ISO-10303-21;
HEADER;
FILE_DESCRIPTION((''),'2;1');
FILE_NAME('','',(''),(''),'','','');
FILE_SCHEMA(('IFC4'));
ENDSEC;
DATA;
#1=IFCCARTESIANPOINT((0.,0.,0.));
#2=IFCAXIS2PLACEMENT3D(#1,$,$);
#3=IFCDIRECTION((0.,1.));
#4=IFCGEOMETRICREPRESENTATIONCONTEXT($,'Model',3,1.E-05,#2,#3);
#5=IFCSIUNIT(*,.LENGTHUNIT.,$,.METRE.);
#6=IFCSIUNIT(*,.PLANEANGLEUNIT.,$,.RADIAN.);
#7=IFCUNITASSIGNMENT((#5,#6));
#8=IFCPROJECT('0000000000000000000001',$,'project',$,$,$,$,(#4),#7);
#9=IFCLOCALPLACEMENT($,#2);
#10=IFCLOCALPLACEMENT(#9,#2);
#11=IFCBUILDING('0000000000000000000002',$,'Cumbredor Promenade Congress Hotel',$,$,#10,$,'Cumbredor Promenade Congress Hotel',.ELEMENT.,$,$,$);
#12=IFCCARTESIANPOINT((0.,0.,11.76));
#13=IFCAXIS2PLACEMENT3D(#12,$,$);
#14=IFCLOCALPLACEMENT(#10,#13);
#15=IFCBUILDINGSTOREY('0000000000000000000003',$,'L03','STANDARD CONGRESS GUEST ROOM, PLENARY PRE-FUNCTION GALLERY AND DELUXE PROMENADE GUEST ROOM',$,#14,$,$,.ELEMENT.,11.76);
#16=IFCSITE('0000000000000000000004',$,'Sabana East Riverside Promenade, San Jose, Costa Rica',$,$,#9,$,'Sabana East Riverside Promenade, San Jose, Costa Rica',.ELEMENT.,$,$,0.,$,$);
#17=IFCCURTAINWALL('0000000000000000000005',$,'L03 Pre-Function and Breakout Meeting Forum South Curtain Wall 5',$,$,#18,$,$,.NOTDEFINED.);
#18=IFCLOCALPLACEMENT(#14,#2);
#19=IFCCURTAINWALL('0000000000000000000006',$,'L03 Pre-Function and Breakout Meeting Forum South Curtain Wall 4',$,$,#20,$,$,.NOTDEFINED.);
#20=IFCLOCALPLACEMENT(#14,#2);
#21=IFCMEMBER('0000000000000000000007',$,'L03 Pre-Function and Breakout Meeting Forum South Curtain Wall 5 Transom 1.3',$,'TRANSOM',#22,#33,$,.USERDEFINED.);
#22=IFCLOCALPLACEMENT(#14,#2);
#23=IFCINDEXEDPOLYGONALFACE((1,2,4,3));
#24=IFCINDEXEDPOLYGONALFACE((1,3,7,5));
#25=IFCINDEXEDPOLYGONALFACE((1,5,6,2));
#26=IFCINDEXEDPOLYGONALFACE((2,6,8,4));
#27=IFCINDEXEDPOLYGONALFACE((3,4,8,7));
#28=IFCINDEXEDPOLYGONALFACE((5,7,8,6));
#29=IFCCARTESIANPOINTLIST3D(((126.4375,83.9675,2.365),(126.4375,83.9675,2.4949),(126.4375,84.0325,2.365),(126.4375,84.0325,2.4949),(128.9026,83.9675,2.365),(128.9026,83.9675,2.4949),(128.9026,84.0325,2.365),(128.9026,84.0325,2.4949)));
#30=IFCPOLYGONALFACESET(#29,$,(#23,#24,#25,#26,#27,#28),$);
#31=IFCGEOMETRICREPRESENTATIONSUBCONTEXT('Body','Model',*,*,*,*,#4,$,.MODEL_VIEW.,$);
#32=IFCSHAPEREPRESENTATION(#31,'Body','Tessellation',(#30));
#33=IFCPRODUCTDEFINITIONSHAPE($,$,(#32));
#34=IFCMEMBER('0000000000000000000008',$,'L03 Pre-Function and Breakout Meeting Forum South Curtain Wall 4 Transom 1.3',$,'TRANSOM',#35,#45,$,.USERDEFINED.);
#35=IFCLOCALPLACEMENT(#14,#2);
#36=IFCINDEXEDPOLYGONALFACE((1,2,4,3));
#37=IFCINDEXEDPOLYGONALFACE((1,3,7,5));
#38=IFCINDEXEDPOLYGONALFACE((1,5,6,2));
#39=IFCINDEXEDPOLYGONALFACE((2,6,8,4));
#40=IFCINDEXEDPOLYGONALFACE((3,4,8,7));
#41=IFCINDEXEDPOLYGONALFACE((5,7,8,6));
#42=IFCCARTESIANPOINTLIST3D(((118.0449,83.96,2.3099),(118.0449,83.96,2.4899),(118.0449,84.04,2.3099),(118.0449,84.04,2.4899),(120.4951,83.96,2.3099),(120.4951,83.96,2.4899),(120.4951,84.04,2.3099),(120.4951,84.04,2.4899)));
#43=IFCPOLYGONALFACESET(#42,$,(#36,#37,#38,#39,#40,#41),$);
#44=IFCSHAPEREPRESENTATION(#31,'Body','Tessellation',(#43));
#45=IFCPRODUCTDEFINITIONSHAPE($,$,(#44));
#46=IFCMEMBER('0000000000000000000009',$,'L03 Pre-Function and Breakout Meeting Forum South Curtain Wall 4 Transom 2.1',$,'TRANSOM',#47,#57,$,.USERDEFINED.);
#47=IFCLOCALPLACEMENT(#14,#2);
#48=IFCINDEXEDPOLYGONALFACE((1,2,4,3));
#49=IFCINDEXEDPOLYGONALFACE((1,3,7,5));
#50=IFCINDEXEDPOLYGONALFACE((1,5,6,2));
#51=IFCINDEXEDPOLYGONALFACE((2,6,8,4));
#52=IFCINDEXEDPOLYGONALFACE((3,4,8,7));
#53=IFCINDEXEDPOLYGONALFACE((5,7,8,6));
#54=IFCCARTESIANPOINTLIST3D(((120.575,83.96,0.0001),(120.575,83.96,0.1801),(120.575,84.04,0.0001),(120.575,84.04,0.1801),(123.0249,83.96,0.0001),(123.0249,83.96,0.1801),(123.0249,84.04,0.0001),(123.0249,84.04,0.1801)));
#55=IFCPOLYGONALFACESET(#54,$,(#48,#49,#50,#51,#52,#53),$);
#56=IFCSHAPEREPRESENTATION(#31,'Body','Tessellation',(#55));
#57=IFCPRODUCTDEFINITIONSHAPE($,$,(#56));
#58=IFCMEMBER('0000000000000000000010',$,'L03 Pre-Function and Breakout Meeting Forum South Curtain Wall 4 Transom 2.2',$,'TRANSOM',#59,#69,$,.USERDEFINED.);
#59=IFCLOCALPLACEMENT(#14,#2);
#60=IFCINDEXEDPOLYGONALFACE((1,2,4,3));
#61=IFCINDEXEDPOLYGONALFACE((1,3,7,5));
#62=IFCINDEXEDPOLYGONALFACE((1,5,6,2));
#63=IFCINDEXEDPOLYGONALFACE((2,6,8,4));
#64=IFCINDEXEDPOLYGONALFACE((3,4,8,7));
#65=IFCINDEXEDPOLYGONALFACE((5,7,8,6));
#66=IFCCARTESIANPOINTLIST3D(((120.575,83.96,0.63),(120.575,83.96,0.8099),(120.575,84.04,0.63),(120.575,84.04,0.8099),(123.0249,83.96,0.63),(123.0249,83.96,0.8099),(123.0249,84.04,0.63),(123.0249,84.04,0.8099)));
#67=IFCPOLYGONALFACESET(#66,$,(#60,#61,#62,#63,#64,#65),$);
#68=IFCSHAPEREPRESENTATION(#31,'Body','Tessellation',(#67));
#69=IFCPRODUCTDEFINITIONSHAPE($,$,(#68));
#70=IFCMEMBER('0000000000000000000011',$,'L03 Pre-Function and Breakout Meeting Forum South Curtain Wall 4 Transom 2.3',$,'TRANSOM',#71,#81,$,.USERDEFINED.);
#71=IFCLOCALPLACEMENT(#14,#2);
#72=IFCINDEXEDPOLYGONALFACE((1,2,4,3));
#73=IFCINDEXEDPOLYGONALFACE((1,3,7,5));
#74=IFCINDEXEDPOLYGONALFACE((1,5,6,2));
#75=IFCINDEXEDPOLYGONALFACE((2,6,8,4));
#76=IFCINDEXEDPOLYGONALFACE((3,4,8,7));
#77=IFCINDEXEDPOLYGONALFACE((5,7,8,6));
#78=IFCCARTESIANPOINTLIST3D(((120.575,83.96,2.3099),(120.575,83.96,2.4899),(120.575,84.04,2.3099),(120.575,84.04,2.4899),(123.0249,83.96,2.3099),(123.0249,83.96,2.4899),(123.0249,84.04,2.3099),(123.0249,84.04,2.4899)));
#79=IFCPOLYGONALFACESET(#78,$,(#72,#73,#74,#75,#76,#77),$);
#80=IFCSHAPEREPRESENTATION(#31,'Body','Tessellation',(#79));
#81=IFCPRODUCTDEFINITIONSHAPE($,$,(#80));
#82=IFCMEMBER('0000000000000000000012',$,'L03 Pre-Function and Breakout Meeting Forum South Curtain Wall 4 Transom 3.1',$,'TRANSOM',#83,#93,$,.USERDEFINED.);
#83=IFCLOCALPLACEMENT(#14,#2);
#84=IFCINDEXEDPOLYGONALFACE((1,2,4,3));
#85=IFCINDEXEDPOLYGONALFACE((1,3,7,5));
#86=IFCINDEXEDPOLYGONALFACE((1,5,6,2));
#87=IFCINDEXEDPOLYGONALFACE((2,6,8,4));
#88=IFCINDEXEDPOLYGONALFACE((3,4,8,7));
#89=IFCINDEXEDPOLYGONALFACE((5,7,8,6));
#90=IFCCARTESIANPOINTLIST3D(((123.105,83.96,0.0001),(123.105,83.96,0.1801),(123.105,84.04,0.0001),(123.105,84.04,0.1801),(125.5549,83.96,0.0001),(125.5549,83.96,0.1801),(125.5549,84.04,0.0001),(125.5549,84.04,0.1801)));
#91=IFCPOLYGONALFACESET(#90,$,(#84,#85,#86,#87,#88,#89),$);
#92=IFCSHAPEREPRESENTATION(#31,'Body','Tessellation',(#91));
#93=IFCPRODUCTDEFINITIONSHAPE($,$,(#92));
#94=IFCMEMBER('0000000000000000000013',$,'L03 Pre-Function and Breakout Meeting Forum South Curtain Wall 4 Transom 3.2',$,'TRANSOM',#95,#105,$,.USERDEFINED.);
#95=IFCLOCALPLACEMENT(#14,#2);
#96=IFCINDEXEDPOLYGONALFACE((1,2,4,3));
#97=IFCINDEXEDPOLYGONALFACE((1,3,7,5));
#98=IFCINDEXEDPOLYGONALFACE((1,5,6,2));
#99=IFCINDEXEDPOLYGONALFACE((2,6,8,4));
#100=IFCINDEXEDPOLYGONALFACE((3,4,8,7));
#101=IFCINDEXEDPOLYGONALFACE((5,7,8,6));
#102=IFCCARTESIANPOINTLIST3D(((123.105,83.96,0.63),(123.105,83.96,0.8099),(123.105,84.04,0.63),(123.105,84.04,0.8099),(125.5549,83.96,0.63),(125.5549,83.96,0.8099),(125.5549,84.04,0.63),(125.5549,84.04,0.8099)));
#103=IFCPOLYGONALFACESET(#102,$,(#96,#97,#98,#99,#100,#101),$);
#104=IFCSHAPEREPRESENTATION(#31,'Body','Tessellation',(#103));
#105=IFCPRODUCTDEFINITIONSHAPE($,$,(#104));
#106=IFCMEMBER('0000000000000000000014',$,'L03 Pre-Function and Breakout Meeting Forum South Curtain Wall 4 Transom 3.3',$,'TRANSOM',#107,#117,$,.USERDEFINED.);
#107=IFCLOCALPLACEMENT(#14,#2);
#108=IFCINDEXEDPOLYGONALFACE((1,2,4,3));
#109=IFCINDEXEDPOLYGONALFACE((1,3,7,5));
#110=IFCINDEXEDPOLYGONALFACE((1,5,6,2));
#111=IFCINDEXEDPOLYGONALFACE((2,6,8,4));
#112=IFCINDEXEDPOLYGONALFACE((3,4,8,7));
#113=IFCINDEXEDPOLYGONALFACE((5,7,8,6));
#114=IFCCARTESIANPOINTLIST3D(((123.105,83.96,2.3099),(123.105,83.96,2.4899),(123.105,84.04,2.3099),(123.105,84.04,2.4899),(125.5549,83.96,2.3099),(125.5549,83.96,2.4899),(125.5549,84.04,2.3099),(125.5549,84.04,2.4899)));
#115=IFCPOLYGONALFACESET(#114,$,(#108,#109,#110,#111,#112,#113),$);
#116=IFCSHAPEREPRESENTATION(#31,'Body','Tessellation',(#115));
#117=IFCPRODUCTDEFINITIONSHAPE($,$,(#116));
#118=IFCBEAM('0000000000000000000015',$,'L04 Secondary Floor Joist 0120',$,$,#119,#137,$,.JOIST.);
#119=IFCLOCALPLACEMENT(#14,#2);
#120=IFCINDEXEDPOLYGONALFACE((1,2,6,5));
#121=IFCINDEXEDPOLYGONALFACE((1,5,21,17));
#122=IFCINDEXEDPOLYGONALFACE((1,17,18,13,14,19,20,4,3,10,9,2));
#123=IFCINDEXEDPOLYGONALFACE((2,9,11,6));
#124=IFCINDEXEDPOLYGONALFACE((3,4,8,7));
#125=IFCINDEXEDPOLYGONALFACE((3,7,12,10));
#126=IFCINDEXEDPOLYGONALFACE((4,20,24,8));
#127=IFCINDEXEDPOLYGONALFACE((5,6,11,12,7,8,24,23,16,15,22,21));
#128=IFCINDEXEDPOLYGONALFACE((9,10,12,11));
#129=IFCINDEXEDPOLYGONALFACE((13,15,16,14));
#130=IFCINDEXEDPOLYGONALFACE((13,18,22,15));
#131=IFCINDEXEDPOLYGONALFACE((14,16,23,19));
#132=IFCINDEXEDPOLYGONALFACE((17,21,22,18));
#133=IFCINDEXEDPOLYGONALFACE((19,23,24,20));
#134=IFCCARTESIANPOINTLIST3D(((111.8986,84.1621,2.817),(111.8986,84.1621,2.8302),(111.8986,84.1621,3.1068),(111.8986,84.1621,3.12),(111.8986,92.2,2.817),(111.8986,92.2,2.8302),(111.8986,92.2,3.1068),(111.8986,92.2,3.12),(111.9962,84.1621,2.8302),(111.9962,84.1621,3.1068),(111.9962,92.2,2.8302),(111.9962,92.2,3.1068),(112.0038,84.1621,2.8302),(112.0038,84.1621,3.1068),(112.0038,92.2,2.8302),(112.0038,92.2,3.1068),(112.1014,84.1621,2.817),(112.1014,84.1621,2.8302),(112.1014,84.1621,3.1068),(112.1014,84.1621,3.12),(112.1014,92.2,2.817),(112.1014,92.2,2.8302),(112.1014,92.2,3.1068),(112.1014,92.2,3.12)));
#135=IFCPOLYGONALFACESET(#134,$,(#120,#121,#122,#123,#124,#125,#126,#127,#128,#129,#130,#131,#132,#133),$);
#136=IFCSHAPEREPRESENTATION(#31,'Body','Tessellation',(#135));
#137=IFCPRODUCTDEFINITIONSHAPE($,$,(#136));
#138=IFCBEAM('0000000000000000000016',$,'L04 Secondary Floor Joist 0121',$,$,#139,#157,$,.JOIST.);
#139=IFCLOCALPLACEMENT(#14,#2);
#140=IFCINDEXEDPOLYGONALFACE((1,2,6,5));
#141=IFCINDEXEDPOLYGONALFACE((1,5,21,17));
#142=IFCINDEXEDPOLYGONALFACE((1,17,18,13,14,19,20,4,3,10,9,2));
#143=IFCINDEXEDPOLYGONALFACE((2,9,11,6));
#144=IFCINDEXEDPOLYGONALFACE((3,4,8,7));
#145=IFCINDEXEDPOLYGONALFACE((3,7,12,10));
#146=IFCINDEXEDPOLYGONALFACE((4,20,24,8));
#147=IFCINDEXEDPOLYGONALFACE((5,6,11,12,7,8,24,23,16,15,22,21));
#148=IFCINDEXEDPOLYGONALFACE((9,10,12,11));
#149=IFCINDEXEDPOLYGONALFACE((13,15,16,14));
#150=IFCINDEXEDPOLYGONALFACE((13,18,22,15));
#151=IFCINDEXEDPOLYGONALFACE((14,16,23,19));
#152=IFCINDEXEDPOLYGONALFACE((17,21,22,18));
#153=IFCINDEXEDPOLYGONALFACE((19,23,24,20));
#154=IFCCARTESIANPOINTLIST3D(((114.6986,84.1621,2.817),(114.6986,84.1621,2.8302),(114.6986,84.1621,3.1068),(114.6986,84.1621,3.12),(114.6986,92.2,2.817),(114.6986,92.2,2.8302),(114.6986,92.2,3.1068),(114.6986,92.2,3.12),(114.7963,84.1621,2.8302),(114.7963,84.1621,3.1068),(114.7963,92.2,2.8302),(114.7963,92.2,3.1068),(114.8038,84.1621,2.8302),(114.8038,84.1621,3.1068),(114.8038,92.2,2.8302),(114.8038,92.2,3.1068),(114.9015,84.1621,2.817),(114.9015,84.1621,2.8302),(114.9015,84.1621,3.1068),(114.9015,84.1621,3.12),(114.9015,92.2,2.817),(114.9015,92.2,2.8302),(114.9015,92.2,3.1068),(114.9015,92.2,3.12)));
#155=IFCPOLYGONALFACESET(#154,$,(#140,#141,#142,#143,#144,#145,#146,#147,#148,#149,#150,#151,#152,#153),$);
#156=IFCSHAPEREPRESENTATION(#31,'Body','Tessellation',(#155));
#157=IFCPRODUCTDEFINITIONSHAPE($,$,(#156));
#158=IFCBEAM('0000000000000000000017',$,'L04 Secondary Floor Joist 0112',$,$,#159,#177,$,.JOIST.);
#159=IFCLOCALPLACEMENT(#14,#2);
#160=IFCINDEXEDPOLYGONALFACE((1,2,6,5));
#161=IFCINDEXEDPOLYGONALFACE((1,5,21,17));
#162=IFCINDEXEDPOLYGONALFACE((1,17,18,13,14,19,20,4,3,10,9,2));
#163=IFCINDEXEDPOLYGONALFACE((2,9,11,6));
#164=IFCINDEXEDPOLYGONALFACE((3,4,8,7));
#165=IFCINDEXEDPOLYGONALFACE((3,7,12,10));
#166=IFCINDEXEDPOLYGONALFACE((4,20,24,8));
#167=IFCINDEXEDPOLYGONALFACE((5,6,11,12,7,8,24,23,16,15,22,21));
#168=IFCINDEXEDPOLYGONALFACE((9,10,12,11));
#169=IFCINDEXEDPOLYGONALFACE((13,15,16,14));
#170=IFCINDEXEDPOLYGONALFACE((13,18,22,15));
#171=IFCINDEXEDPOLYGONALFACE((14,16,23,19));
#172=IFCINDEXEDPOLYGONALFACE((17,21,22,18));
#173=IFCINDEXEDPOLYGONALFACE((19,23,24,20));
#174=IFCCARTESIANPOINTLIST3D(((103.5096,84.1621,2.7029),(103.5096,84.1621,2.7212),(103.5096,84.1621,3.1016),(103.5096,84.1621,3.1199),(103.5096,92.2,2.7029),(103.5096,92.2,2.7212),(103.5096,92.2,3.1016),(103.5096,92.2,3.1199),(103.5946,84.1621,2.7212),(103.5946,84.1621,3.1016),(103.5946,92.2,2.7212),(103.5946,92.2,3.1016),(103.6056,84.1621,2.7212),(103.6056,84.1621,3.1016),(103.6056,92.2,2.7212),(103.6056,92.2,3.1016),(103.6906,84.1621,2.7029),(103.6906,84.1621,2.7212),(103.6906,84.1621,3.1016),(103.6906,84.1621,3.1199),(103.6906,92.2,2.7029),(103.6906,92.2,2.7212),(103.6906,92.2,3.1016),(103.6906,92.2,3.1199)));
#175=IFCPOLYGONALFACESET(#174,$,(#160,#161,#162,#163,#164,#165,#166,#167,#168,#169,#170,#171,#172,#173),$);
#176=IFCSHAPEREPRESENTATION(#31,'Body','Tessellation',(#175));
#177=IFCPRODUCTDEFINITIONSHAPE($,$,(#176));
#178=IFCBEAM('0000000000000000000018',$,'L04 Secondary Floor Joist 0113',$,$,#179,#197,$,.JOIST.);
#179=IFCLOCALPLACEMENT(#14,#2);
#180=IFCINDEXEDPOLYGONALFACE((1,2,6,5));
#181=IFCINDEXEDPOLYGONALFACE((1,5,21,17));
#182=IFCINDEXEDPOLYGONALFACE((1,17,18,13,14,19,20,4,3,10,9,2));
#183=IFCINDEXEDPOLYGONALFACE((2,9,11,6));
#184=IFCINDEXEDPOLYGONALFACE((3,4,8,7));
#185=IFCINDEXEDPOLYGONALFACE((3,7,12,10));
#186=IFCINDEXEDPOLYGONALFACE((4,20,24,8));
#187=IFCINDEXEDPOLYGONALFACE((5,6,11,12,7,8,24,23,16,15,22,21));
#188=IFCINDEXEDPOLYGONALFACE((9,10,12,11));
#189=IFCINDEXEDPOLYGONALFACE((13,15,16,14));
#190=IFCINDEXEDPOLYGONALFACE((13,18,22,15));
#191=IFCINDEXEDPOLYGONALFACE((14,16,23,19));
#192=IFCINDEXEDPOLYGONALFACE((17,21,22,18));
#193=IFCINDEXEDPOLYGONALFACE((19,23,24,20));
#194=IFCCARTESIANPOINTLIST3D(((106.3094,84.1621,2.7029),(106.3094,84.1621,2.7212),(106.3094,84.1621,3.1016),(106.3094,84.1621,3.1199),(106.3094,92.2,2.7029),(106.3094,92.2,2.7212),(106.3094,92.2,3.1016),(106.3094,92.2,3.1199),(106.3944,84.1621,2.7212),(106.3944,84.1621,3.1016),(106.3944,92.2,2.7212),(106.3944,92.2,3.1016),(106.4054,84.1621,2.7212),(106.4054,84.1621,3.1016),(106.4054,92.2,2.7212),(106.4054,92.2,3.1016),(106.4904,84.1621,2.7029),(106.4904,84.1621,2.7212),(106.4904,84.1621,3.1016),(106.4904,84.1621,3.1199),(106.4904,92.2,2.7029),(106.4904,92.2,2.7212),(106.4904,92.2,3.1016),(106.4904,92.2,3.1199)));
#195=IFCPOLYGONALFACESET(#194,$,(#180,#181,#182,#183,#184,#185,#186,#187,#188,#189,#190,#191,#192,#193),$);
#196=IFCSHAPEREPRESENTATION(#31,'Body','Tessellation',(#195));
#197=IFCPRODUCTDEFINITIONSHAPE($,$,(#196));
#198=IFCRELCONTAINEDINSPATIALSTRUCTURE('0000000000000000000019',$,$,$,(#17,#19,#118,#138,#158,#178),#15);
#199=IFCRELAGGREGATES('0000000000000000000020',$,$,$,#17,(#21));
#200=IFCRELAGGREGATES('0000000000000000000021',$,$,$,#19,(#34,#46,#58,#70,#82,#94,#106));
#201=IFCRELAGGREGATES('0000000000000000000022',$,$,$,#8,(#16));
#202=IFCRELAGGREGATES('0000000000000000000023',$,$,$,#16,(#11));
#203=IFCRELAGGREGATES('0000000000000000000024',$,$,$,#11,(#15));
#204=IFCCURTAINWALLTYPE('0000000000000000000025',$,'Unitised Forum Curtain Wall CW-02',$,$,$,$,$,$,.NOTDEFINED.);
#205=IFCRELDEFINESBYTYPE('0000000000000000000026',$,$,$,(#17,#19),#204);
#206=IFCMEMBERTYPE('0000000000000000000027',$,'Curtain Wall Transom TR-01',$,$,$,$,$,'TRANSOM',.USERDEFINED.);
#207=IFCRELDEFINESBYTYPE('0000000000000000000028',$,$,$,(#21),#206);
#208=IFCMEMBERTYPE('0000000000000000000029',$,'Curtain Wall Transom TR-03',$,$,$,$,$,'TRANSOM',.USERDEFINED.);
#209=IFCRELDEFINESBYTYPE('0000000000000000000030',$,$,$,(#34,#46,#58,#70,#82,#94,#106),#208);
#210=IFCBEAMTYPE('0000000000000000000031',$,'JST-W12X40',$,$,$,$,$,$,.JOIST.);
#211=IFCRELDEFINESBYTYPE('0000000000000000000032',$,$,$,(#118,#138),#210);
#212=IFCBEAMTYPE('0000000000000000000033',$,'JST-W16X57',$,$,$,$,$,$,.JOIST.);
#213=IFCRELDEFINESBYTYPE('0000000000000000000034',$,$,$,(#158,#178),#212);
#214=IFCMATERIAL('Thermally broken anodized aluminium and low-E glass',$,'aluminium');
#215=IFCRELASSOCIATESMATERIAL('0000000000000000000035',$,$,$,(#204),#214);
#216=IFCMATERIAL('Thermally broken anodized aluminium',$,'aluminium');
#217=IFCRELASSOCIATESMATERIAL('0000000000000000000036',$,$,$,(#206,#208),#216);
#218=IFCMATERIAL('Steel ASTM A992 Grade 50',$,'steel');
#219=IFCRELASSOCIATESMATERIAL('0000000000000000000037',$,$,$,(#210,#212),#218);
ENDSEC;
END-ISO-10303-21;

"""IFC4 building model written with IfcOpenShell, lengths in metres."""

from ifc_helpers import new_model, si_unit, direction, frame, origin, origin_2d, place, context, subcontext, project, spatial, rectangle, i_section, extrude, material, material_profile, profile_set, type_object, element, aggregate, save


model = new_model("IFC4")

# Units and contexts
model_context = context("Model", 3, precision=1e-05, world=origin(), true_north=direction((0.0, 1.0)))
body_context = subcontext(model_context, "Body", "Model", "MODEL_VIEW")
ifc_project = project(units=[si_unit("LENGTHUNIT", "METRE"), si_unit("PLANEANGLEUNIT", "RADIAN")], contexts=[model_context])

# Site, building, storey
site_placement = place(None, origin())
site = spatial("IfcSite", under=ifc_project, at=site_placement, Name="Sabana East Riverside Promenade, San Jose, Costa Rica", LongName="Sabana East Riverside Promenade, San Jose, Costa Rica", CompositionType="ELEMENT", RefElevation=0.0)
building_placement = place(site_placement, origin())
building = spatial("IfcBuilding", under=site, at=building_placement, Name="Cumbredor Promenade Congress Hotel", LongName="Cumbredor Promenade Congress Hotel", CompositionType="ELEMENT")
storey_placement = place(building_placement, frame((0.0, 0.0, 11.76)))
storey = spatial("IfcBuildingStorey", under=building, at=storey_placement, Name="L03", Description="STANDARD CONGRESS GUEST ROOM, PLENARY PRE-FUNCTION GALLERY AND DELUXE PROMENADE GUEST ROOM", CompositionType="ELEMENT", Elevation=11.76)

# Shared definitions
ifc_material_1 = material(Name="Steel ASTM A992 Grade 50", Category="steel")

# Curtain walls
ifc_material_2 = material(Name="Thermally broken anodized aluminium and low-E glass", Category="aluminium")
curtain_wall_type = type_object("IfcCurtainWallType", Name="Unitised Forum Curtain Wall CW-02", PredefinedType="NOTDEFINED", material=ifc_material_2)
curtain_wall_1_placement = place(storey_placement, origin())
curtain_wall_1 = element("IfcCurtainWall", 1, at=curtain_wall_1_placement, inside=storey, type_object=curtain_wall_type, Name="L03 Pre-Function and Breakout Meeting Forum South Curtain Wall 5", PredefinedType="NOTDEFINED")
ifc_material_3 = material(Name="Thermally broken anodized aluminium", Category="aluminium")
curtain_wall_2_placement = place(storey_placement, origin())
curtain_wall_2 = element("IfcCurtainWall", 2, at=curtain_wall_2_placement, inside=storey, type_object=curtain_wall_type, Name="L03 Pre-Function and Breakout Meeting Forum South Curtain Wall 4", PredefinedType="NOTDEFINED")

# Members
ifc_material_profile_1 = material_profile(ifc_material_3, rectangle(XDim=0.0649, YDim=0.1299, at=origin_2d()), Name="ALU TRANSOM 65x130")
ifc_profile_set_1 = profile_set([ifc_material_profile_1], Name="Thermally broken anodized aluminium")
member_type_1 = type_object("IfcMemberType", Name="Curtain Wall Transom TR-01", ElementType="TRANSOM", PredefinedType="USERDEFINED", material=ifc_profile_set_1)
member_1_placement = place(storey_placement, frame((126.4375, 84.0, 2.4299), z_axis=(1.0, 0.0, 0.0), x_axis=(0.0, 1.0, 0.0)))
member_1 = element("IfcMember", 3, at=member_1_placement, type_object=member_type_1, Name="L03 Pre-Function and Breakout Meeting Forum South Curtain Wall 5 Transom 1.3", ObjectType="TRANSOM", PredefinedType="USERDEFINED", context=body_context, shape_type="SweptSolid", body=[
    extrude(rectangle(XDim=0.0649, YDim=0.1299, at=origin_2d()), origin(), (0.0, 0.0, 1.0), 2.4651),
])
ifc_material_profile_2 = material_profile(ifc_material_3, rectangle(XDim=0.0801, YDim=0.1799, at=origin_2d()), Name="ALU TRANSOM 80x180")
ifc_profile_set_2 = profile_set([ifc_material_profile_2], Name="Thermally broken anodized aluminium")
member_type_2 = type_object("IfcMemberType", Name="Curtain Wall Transom TR-03", ElementType="TRANSOM", PredefinedType="USERDEFINED", material=ifc_profile_set_2)
member_2_placement = place(storey_placement, frame((118.0449, 84.0, 2.3999), z_axis=(1.0, 0.0, 0.0), x_axis=(0.0, 1.0, 0.0)))
member_2 = element("IfcMember", 4, at=member_2_placement, type_object=member_type_2, Name="L03 Pre-Function and Breakout Meeting Forum South Curtain Wall 4 Transom 1.3", ObjectType="TRANSOM", PredefinedType="USERDEFINED", context=body_context, shape_type="SweptSolid", body=[
    extrude(rectangle(XDim=0.0801, YDim=0.1799, at=origin_2d()), origin(), (0.0, 0.0, 1.0), 2.4502),
])
member_3_placement = place(storey_placement, frame((120.575, 84.0, 0.0901), z_axis=(1.0, 0.0, 0.0), x_axis=(0.0, 1.0, 0.0)))
member_3 = element("IfcMember", 5, at=member_3_placement, type_object=member_type_2, Name="L03 Pre-Function and Breakout Meeting Forum South Curtain Wall 4 Transom 2.1", ObjectType="TRANSOM", PredefinedType="USERDEFINED", context=body_context, shape_type="SweptSolid", body=[
    extrude(rectangle(XDim=0.0801, YDim=0.1799, at=origin_2d()), origin(), (0.0, 0.0, 1.0), 2.45),
])
member_4_placement = place(storey_placement, frame((120.575, 84.0, 0.72), z_axis=(1.0, 0.0, 0.0), x_axis=(0.0, 1.0, 0.0)))
member_4 = element("IfcMember", 6, at=member_4_placement, type_object=member_type_2, Name="L03 Pre-Function and Breakout Meeting Forum South Curtain Wall 4 Transom 2.2", ObjectType="TRANSOM", PredefinedType="USERDEFINED", context=body_context, shape_type="SweptSolid", body=[
    extrude(rectangle(XDim=0.0801, YDim=0.1799, at=origin_2d()), origin(), (0.0, 0.0, 1.0), 2.45),
])
member_5_placement = place(storey_placement, frame((120.575, 84.0, 2.3999), z_axis=(1.0, 0.0, 0.0), x_axis=(0.0, 1.0, 0.0)))
member_5 = element("IfcMember", 7, at=member_5_placement, type_object=member_type_2, Name="L03 Pre-Function and Breakout Meeting Forum South Curtain Wall 4 Transom 2.3", ObjectType="TRANSOM", PredefinedType="USERDEFINED", context=body_context, shape_type="SweptSolid", body=[
    extrude(rectangle(XDim=0.0801, YDim=0.1799, at=origin_2d()), origin(), (0.0, 0.0, 1.0), 2.45),
])
member_6_placement = place(storey_placement, frame((123.105, 84.0, 0.0901), z_axis=(1.0, 0.0, 0.0), x_axis=(0.0, 1.0, 0.0)))
member_6 = element("IfcMember", 8, at=member_6_placement, type_object=member_type_2, Name="L03 Pre-Function and Breakout Meeting Forum South Curtain Wall 4 Transom 3.1", ObjectType="TRANSOM", PredefinedType="USERDEFINED", context=body_context, shape_type="SweptSolid", body=[
    extrude(rectangle(XDim=0.0801, YDim=0.1799, at=origin_2d()), origin(), (0.0, 0.0, 1.0), 2.45),
])
member_7_placement = place(storey_placement, frame((123.105, 84.0, 0.72), z_axis=(1.0, 0.0, 0.0), x_axis=(0.0, 1.0, 0.0)))
member_7 = element("IfcMember", 9, at=member_7_placement, type_object=member_type_2, Name="L03 Pre-Function and Breakout Meeting Forum South Curtain Wall 4 Transom 3.2", ObjectType="TRANSOM", PredefinedType="USERDEFINED", context=body_context, shape_type="SweptSolid", body=[
    extrude(rectangle(XDim=0.0801, YDim=0.1799, at=origin_2d()), origin(), (0.0, 0.0, 1.0), 2.45),
])
member_8_placement = place(storey_placement, frame((123.105, 84.0, 2.3999), z_axis=(1.0, 0.0, 0.0), x_axis=(0.0, 1.0, 0.0)))
member_8 = element("IfcMember", 10, at=member_8_placement, type_object=member_type_2, Name="L03 Pre-Function and Breakout Meeting Forum South Curtain Wall 4 Transom 3.3", ObjectType="TRANSOM", PredefinedType="USERDEFINED", context=body_context, shape_type="SweptSolid", body=[
    extrude(rectangle(XDim=0.0801, YDim=0.1799, at=origin_2d()), origin(), (0.0, 0.0, 1.0), 2.45),
])

# Beams
ifc_material_profile_3 = material_profile(ifc_material_1, i_section(OverallWidth=0.2029, OverallDepth=0.303, WebThickness=0.0076, FlangeThickness=0.0132, at=origin_2d()), Name="W12X40")
ifc_profile_set_3 = profile_set([ifc_material_profile_3], Name="Steel ASTM A992 Grade 50")
beam_type_1 = type_object("IfcBeamType", Name="JST-W12X40", PredefinedType="JOIST", material=ifc_profile_set_3)
for number, where, z_axis, x_axis, name in (
    (11, (112.0, 84.1621, 2.9685), (0.0, 1.0, 0.0), (-1.0, 0.0, 0.0), "L04 Secondary Floor Joist 0120"),
    (12, (114.8, 84.1621, 2.9685), (0.0, 1.0, 0.0), (-1.0, 0.0, 0.0), "L04 Secondary Floor Joist 0121"),
):
    element("IfcBeam", number, at=place(storey_placement, frame(where, z_axis=z_axis, x_axis=x_axis)), inside=storey, type_object=beam_type_1, Name=name, PredefinedType="JOIST", context=body_context, shape_type="SweptSolid", body=[
        extrude(i_section(OverallWidth=0.2029, OverallDepth=0.303, WebThickness=0.0076, FlangeThickness=0.0132, at=origin_2d()), origin(), (0.0, 0.0, 1.0), 8.0378),
    ])
ifc_material_profile_4 = material_profile(ifc_material_1, i_section(OverallWidth=0.1809, OverallDepth=0.417, WebThickness=0.011, FlangeThickness=0.0183, at=origin_2d()), Name="W16X57")
ifc_profile_set_4 = profile_set([ifc_material_profile_4], Name="Steel ASTM A992 Grade 50")
beam_type_2 = type_object("IfcBeamType", Name="JST-W16X57", PredefinedType="JOIST", material=ifc_profile_set_4)
for number, where, z_axis, x_axis, name in (
    (13, (103.6001, 84.1621, 2.9114), (0.0, 1.0, 0.0), (-1.0, 0.0, 0.0), "L04 Secondary Floor Joist 0112"),
    (14, (106.3999, 84.1621, 2.9114), (0.0, 1.0, 0.0), (-1.0, 0.0, 0.0), "L04 Secondary Floor Joist 0113"),
):
    element("IfcBeam", number, at=place(storey_placement, frame(where, z_axis=z_axis, x_axis=x_axis)), inside=storey, type_object=beam_type_2, Name=name, PredefinedType="JOIST", context=body_context, shape_type="SweptSolid", body=[
        extrude(i_section(OverallWidth=0.1809, OverallDepth=0.417, WebThickness=0.011, FlangeThickness=0.0183, at=origin_2d()), origin(), (0.0, 0.0, 1.0), 8.0378),
    ])

aggregate(curtain_wall_1, [member_1])
aggregate(curtain_wall_2, [member_2, member_3, member_4, member_5, member_6, member_7, member_8])

save(model, "model.ifc")
